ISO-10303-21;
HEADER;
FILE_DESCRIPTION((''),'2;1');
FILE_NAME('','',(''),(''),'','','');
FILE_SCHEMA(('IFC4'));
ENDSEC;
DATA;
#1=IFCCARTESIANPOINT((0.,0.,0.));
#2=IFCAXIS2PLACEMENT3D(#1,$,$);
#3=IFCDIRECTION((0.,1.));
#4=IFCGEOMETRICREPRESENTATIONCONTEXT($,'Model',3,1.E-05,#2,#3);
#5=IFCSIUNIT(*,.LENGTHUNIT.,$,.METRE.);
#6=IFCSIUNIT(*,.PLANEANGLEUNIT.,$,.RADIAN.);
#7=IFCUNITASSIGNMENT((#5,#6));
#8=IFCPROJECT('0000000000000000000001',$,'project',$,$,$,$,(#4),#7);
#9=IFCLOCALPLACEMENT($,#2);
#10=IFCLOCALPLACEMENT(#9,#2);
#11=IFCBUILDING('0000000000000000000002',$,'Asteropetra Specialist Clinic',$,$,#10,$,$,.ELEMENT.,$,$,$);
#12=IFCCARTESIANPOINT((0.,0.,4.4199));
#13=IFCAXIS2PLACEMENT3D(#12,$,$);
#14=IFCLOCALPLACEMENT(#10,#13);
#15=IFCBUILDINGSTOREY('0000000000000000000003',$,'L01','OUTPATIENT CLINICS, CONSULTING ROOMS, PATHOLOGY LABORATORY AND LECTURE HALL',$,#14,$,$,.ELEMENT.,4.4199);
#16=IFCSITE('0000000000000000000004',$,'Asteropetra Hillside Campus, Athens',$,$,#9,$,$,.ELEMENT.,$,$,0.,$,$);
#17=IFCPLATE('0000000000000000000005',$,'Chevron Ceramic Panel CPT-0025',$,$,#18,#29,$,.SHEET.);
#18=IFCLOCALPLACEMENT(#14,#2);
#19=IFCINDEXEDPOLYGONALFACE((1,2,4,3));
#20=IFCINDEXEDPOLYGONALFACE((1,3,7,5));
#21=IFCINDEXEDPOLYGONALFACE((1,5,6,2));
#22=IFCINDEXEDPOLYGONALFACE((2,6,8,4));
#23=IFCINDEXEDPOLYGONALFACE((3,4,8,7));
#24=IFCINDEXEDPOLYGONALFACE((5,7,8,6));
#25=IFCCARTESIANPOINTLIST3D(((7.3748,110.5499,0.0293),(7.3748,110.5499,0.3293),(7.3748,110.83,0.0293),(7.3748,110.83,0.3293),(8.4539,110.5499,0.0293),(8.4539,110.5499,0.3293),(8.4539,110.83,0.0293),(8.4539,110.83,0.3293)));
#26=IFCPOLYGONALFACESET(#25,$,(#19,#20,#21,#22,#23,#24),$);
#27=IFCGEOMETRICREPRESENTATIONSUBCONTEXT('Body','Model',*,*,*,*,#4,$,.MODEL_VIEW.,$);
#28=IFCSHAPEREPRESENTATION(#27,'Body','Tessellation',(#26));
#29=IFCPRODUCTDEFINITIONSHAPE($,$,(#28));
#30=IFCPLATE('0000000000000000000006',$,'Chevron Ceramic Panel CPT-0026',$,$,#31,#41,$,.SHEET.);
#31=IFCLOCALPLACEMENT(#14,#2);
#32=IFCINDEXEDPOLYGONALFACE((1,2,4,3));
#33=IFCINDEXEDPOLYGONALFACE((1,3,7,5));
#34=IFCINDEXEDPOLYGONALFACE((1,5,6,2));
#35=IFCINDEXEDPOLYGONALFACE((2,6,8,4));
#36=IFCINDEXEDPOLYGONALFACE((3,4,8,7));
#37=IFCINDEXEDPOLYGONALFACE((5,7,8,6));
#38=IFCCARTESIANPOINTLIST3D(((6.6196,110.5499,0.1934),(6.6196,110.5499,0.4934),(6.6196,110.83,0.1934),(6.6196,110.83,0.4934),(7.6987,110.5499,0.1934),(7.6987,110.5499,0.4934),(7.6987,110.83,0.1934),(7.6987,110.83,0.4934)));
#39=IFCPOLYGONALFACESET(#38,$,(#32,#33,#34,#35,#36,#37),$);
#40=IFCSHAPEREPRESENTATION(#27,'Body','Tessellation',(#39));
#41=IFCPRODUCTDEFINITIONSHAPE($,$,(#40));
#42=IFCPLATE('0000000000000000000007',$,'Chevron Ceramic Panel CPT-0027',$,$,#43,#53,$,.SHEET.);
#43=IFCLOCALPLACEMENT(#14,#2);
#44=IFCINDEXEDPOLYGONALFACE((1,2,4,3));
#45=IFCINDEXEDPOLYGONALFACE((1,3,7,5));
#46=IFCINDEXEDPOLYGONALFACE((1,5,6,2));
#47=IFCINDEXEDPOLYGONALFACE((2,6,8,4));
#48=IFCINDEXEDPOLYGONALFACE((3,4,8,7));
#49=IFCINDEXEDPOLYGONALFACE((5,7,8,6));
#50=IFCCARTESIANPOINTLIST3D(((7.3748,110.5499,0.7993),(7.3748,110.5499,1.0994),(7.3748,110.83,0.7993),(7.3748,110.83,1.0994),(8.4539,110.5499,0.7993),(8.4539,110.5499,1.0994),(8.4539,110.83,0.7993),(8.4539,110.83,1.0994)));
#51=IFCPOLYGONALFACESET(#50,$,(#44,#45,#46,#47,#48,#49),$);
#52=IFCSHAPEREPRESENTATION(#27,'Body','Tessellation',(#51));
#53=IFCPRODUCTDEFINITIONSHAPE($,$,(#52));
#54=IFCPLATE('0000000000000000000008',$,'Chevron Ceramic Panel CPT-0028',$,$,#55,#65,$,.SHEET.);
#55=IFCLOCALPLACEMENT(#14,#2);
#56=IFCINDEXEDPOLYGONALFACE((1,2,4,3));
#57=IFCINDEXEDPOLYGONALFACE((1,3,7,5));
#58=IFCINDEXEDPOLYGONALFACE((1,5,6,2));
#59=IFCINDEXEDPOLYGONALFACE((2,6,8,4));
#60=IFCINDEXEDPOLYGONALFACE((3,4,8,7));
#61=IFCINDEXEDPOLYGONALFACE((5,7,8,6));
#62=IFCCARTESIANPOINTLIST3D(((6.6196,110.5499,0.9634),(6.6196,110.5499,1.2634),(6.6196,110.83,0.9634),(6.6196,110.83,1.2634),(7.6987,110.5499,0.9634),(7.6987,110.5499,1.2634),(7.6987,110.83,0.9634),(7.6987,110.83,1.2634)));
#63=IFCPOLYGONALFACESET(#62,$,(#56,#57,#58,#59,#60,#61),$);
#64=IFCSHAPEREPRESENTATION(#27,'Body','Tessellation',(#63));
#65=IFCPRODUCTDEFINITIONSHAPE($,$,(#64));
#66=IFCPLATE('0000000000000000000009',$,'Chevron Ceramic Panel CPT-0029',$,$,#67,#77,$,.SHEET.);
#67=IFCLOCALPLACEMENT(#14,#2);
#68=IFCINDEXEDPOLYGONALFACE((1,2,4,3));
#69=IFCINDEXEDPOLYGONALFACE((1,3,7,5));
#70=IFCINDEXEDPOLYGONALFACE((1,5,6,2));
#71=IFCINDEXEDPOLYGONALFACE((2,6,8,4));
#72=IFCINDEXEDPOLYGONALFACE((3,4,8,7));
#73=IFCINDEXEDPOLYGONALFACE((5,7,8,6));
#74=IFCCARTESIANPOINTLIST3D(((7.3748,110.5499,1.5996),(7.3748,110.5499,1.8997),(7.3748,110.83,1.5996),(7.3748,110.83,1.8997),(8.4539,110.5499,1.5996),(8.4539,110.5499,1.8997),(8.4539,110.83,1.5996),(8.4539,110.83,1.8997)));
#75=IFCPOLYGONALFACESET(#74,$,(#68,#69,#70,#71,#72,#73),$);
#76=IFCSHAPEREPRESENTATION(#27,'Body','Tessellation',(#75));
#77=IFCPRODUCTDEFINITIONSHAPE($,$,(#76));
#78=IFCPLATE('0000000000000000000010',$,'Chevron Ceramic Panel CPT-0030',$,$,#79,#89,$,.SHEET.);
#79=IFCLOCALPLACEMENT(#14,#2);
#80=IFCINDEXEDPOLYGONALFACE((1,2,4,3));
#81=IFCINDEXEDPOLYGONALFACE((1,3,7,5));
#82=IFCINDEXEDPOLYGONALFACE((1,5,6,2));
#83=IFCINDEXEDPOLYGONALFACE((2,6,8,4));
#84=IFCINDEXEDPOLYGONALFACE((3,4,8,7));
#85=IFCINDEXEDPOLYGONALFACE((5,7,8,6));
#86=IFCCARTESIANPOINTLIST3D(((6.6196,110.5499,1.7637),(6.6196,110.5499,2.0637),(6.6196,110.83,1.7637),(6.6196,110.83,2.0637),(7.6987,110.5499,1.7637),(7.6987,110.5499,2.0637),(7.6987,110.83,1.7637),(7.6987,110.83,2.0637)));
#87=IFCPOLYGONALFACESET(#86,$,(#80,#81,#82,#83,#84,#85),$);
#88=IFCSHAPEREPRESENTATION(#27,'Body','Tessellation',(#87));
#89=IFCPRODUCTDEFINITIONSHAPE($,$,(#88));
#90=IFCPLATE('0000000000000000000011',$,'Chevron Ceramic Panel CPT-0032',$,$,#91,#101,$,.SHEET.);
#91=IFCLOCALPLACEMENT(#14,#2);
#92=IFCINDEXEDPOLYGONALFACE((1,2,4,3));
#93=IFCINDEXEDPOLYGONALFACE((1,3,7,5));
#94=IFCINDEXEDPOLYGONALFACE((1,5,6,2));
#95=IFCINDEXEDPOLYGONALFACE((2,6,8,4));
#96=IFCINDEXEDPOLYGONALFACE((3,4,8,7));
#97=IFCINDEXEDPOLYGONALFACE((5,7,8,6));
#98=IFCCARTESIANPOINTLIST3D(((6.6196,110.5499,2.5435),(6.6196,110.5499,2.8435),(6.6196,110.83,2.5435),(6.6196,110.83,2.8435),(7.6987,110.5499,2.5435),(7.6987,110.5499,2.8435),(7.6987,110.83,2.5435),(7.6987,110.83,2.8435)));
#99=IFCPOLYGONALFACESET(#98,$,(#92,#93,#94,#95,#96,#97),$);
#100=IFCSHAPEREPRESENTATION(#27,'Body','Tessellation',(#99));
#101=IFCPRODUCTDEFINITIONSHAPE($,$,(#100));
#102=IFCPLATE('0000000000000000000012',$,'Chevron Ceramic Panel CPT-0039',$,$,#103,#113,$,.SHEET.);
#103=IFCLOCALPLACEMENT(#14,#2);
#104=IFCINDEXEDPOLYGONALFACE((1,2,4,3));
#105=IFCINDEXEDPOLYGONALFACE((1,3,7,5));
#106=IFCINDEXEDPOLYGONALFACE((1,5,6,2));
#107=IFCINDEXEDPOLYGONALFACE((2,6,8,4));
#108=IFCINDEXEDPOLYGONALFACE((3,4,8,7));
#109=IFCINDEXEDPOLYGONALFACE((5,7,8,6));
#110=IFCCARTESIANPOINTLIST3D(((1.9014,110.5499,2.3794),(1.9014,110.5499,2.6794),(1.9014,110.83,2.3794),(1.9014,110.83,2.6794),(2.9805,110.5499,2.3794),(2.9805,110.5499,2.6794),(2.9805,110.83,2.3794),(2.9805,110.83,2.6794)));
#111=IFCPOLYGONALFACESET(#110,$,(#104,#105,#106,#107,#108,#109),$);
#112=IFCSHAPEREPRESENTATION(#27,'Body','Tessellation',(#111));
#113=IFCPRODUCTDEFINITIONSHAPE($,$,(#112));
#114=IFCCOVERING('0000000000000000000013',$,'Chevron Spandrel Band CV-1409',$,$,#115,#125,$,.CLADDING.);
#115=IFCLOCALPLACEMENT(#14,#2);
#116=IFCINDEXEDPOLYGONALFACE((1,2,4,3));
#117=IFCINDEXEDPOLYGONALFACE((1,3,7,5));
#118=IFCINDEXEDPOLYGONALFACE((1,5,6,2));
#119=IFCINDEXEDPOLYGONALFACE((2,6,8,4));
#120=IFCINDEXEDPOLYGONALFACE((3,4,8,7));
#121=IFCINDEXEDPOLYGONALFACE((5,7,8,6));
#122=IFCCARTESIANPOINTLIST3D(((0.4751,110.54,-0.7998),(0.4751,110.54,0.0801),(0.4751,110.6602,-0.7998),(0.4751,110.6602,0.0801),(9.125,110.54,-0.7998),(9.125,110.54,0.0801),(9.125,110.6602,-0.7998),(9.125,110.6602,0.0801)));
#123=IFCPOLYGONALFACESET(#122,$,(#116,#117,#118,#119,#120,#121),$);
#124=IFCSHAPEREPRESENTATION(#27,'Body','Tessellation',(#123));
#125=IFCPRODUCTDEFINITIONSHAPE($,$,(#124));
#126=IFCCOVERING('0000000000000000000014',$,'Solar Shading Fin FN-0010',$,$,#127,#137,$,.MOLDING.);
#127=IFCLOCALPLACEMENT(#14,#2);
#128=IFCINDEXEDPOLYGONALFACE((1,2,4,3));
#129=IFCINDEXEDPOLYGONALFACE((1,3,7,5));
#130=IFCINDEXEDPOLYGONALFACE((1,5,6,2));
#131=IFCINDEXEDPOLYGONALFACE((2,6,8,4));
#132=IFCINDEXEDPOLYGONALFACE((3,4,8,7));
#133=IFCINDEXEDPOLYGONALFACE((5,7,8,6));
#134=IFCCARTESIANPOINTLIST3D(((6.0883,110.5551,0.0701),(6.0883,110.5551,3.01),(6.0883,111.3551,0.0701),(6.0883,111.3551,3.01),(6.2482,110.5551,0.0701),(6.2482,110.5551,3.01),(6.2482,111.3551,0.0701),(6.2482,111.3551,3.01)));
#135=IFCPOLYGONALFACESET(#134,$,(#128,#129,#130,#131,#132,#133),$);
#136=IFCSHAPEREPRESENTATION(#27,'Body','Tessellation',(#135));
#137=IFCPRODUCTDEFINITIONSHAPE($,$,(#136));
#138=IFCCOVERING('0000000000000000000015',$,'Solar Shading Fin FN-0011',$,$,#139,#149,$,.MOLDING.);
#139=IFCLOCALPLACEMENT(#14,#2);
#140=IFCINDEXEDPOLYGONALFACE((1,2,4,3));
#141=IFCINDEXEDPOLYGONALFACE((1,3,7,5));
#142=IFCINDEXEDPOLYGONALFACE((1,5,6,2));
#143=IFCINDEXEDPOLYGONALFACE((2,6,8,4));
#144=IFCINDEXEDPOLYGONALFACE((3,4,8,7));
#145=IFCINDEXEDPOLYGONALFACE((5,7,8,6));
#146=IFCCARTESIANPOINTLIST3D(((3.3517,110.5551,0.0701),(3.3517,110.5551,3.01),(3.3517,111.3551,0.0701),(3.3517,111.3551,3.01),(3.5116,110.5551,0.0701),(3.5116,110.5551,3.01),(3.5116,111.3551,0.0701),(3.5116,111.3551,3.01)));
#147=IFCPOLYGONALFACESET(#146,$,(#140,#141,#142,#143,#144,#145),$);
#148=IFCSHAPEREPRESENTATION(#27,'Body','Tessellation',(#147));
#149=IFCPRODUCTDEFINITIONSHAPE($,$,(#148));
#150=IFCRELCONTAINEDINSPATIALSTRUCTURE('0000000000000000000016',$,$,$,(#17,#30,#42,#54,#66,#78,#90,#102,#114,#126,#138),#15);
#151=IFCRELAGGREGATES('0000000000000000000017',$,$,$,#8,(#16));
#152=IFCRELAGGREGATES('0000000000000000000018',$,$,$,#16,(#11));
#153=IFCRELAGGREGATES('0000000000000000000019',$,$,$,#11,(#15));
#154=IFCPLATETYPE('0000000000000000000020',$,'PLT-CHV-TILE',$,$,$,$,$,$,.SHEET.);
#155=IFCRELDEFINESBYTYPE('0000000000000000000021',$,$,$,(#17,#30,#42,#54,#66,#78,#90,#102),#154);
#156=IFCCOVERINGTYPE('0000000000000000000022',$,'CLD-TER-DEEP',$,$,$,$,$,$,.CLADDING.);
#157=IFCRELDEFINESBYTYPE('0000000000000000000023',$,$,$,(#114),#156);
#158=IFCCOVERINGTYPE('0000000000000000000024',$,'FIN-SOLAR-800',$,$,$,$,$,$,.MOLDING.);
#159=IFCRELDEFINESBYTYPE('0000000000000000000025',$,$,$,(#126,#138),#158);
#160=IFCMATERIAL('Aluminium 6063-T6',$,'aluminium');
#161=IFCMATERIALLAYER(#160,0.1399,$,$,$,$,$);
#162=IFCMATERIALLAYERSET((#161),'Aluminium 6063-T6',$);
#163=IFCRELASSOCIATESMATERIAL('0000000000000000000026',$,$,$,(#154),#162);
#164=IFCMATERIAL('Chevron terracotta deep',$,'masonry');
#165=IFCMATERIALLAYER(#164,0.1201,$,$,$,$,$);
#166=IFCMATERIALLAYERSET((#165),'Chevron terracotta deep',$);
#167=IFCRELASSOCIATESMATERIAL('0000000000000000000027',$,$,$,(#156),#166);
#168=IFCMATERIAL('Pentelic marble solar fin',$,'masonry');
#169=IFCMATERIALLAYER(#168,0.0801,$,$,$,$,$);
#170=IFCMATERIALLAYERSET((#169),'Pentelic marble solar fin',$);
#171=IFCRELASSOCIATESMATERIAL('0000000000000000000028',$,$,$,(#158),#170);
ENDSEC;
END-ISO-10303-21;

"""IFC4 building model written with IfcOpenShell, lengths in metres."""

from ifc_helpers import new_model, si_unit, direction, frame, origin, origin_2d, place, context, subcontext, project, spatial, rectangle, extrude, material, layer, layer_set, type_object, element, save


model = new_model("IFC4")

# Units and contexts
model_context = context("Model", 3, precision=1e-05, world=origin(), true_north=direction((0.0, 1.0)))
body_context = subcontext(model_context, "Body", "Model", "MODEL_VIEW")
ifc_project = project(units=[si_unit("LENGTHUNIT", "METRE"), si_unit("PLANEANGLEUNIT", "RADIAN")], contexts=[model_context])

# Site, building, storey
site_placement = place(None, origin())
site = spatial("IfcSite", under=ifc_project, at=site_placement, Name="Asteropetra Hillside Campus, Athens", CompositionType="ELEMENT", RefElevation=0.0)
building_placement = place(site_placement, origin())
building = spatial("IfcBuilding", under=site, at=building_placement, Name="Asteropetra Specialist Clinic", CompositionType="ELEMENT")
storey_placement = place(building_placement, frame((0.0, 0.0, 4.4199)))
storey = spatial("IfcBuildingStorey", under=building, at=storey_placement, Name="L01", Description="OUTPATIENT CLINICS, CONSULTING ROOMS, PATHOLOGY LABORATORY AND LECTURE HALL", CompositionType="ELEMENT", Elevation=4.4199)

# Plates
ifc_material_1 = material(Name="Aluminium 6063-T6", Category="aluminium")
ifc_layer_1 = layer(ifc_material_1, 0.1399)
ifc_layer_set_1 = layer_set([ifc_layer_1], Name="Aluminium 6063-T6")
plate_type_1 = type_object("IfcPlateType", Name="PLT-CHV-TILE", PredefinedType="SHEET", material=ifc_layer_set_1)
for number, where, z_axis, x_axis, name in (
    (1, (7.9143, 110.6899, 0.0293), (0.0, 0.0, 1.0), (1.0, 0.0, 0.0), "Chevron Ceramic Panel CPT-0025"),
    (2, (7.1592, 110.6899, 0.1934), (0.0, 0.0, 1.0), (1.0, 0.0, 0.0), "Chevron Ceramic Panel CPT-0026"),
    (3, (7.9143, 110.6899, 0.7993), (0.0, 0.0, 1.0), (1.0, 0.0, 0.0), "Chevron Ceramic Panel CPT-0027"),
    (4, (7.1592, 110.6899, 0.9634), (0.0, 0.0, 1.0), (1.0, 0.0, 0.0), "Chevron Ceramic Panel CPT-0028"),
    (5, (7.9143, 110.6899, 1.5996), (0.0, 0.0, 1.0), (1.0, 0.0, 0.0), "Chevron Ceramic Panel CPT-0029"),
    (6, (7.1592, 110.6899, 1.7637), (0.0, 0.0, 1.0), (1.0, 0.0, 0.0), "Chevron Ceramic Panel CPT-0030"),
    (7, (7.1592, 110.6899, 2.5435), (0.0, 0.0, 1.0), (1.0, 0.0, 0.0), "Chevron Ceramic Panel CPT-0032"),
    (8, (2.4409, 110.6899, 2.3794), (0.0, 0.0, 1.0), (1.0, 0.0, 0.0), "Chevron Ceramic Panel CPT-0039"),
):
    element("IfcPlate", number, at=place(storey_placement, frame(where, z_axis=z_axis, x_axis=x_axis)), inside=storey, type_object=plate_type_1, Name=name, PredefinedType="SHEET", context=body_context, shape_type="SweptSolid", body=[
        extrude(rectangle(XDim=1.0791, YDim=0.28, at=origin_2d()), origin(), (0.0, 0.0, 1.0), 0.3),
    ])

# Coverings
ifc_material_2 = material(Name="Chevron terracotta deep", Category="masonry")
ifc_layer_2 = layer(ifc_material_2, 0.1201)
ifc_layer_set_2 = layer_set([ifc_layer_2], Name="Chevron terracotta deep")
covering_type_1 = type_object("IfcCoveringType", Name="CLD-TER-DEEP", PredefinedType="CLADDING", material=ifc_layer_set_2)
covering_placement = place(storey_placement, frame((4.8, 110.6001, -0.7998), z_axis=(0.0, 0.0, 1.0), x_axis=(1.0, 0.0, 0.0)))
element("IfcCovering", 9, at=covering_placement, inside=storey, type_object=covering_type_1, Name="Chevron Spandrel Band CV-1409", PredefinedType="CLADDING", context=body_context, shape_type="SweptSolid", body=[
    extrude(rectangle(XDim=8.6499, YDim=0.1201, at=origin_2d()), origin(), (0.0, 0.0, 1.0), 0.8799),
])
ifc_material_3 = material(Name="Pentelic marble solar fin", Category="masonry")
ifc_layer_3 = layer(ifc_material_3, 0.0801)
ifc_layer_set_3 = layer_set([ifc_layer_3], Name="Pentelic marble solar fin")
covering_type_2 = type_object("IfcCoveringType", Name="FIN-SOLAR-800", PredefinedType="MOLDING", material=ifc_layer_set_3)
for number, where, z_axis, x_axis, name in (
    (10, (6.1682, 110.9551, 0.0701), (0.0, 0.0, 1.0), (1.0, 0.0, 0.0), "Solar Shading Fin FN-0010"),
    (11, (3.4316, 110.9551, 0.0701), (0.0, 0.0, 1.0), (1.0, 0.0, 0.0), "Solar Shading Fin FN-0011"),
):
    element("IfcCovering", number, at=place(storey_placement, frame(where, z_axis=z_axis, x_axis=x_axis)), inside=storey, type_object=covering_type_2, Name=name, PredefinedType="MOLDING", context=body_context, shape_type="SweptSolid", body=[
        extrude(rectangle(XDim=0.1599, YDim=0.8, at=origin_2d()), origin(), (0.0, 0.0, 1.0), 2.9399),
    ])

save(model, "model.ifc")
